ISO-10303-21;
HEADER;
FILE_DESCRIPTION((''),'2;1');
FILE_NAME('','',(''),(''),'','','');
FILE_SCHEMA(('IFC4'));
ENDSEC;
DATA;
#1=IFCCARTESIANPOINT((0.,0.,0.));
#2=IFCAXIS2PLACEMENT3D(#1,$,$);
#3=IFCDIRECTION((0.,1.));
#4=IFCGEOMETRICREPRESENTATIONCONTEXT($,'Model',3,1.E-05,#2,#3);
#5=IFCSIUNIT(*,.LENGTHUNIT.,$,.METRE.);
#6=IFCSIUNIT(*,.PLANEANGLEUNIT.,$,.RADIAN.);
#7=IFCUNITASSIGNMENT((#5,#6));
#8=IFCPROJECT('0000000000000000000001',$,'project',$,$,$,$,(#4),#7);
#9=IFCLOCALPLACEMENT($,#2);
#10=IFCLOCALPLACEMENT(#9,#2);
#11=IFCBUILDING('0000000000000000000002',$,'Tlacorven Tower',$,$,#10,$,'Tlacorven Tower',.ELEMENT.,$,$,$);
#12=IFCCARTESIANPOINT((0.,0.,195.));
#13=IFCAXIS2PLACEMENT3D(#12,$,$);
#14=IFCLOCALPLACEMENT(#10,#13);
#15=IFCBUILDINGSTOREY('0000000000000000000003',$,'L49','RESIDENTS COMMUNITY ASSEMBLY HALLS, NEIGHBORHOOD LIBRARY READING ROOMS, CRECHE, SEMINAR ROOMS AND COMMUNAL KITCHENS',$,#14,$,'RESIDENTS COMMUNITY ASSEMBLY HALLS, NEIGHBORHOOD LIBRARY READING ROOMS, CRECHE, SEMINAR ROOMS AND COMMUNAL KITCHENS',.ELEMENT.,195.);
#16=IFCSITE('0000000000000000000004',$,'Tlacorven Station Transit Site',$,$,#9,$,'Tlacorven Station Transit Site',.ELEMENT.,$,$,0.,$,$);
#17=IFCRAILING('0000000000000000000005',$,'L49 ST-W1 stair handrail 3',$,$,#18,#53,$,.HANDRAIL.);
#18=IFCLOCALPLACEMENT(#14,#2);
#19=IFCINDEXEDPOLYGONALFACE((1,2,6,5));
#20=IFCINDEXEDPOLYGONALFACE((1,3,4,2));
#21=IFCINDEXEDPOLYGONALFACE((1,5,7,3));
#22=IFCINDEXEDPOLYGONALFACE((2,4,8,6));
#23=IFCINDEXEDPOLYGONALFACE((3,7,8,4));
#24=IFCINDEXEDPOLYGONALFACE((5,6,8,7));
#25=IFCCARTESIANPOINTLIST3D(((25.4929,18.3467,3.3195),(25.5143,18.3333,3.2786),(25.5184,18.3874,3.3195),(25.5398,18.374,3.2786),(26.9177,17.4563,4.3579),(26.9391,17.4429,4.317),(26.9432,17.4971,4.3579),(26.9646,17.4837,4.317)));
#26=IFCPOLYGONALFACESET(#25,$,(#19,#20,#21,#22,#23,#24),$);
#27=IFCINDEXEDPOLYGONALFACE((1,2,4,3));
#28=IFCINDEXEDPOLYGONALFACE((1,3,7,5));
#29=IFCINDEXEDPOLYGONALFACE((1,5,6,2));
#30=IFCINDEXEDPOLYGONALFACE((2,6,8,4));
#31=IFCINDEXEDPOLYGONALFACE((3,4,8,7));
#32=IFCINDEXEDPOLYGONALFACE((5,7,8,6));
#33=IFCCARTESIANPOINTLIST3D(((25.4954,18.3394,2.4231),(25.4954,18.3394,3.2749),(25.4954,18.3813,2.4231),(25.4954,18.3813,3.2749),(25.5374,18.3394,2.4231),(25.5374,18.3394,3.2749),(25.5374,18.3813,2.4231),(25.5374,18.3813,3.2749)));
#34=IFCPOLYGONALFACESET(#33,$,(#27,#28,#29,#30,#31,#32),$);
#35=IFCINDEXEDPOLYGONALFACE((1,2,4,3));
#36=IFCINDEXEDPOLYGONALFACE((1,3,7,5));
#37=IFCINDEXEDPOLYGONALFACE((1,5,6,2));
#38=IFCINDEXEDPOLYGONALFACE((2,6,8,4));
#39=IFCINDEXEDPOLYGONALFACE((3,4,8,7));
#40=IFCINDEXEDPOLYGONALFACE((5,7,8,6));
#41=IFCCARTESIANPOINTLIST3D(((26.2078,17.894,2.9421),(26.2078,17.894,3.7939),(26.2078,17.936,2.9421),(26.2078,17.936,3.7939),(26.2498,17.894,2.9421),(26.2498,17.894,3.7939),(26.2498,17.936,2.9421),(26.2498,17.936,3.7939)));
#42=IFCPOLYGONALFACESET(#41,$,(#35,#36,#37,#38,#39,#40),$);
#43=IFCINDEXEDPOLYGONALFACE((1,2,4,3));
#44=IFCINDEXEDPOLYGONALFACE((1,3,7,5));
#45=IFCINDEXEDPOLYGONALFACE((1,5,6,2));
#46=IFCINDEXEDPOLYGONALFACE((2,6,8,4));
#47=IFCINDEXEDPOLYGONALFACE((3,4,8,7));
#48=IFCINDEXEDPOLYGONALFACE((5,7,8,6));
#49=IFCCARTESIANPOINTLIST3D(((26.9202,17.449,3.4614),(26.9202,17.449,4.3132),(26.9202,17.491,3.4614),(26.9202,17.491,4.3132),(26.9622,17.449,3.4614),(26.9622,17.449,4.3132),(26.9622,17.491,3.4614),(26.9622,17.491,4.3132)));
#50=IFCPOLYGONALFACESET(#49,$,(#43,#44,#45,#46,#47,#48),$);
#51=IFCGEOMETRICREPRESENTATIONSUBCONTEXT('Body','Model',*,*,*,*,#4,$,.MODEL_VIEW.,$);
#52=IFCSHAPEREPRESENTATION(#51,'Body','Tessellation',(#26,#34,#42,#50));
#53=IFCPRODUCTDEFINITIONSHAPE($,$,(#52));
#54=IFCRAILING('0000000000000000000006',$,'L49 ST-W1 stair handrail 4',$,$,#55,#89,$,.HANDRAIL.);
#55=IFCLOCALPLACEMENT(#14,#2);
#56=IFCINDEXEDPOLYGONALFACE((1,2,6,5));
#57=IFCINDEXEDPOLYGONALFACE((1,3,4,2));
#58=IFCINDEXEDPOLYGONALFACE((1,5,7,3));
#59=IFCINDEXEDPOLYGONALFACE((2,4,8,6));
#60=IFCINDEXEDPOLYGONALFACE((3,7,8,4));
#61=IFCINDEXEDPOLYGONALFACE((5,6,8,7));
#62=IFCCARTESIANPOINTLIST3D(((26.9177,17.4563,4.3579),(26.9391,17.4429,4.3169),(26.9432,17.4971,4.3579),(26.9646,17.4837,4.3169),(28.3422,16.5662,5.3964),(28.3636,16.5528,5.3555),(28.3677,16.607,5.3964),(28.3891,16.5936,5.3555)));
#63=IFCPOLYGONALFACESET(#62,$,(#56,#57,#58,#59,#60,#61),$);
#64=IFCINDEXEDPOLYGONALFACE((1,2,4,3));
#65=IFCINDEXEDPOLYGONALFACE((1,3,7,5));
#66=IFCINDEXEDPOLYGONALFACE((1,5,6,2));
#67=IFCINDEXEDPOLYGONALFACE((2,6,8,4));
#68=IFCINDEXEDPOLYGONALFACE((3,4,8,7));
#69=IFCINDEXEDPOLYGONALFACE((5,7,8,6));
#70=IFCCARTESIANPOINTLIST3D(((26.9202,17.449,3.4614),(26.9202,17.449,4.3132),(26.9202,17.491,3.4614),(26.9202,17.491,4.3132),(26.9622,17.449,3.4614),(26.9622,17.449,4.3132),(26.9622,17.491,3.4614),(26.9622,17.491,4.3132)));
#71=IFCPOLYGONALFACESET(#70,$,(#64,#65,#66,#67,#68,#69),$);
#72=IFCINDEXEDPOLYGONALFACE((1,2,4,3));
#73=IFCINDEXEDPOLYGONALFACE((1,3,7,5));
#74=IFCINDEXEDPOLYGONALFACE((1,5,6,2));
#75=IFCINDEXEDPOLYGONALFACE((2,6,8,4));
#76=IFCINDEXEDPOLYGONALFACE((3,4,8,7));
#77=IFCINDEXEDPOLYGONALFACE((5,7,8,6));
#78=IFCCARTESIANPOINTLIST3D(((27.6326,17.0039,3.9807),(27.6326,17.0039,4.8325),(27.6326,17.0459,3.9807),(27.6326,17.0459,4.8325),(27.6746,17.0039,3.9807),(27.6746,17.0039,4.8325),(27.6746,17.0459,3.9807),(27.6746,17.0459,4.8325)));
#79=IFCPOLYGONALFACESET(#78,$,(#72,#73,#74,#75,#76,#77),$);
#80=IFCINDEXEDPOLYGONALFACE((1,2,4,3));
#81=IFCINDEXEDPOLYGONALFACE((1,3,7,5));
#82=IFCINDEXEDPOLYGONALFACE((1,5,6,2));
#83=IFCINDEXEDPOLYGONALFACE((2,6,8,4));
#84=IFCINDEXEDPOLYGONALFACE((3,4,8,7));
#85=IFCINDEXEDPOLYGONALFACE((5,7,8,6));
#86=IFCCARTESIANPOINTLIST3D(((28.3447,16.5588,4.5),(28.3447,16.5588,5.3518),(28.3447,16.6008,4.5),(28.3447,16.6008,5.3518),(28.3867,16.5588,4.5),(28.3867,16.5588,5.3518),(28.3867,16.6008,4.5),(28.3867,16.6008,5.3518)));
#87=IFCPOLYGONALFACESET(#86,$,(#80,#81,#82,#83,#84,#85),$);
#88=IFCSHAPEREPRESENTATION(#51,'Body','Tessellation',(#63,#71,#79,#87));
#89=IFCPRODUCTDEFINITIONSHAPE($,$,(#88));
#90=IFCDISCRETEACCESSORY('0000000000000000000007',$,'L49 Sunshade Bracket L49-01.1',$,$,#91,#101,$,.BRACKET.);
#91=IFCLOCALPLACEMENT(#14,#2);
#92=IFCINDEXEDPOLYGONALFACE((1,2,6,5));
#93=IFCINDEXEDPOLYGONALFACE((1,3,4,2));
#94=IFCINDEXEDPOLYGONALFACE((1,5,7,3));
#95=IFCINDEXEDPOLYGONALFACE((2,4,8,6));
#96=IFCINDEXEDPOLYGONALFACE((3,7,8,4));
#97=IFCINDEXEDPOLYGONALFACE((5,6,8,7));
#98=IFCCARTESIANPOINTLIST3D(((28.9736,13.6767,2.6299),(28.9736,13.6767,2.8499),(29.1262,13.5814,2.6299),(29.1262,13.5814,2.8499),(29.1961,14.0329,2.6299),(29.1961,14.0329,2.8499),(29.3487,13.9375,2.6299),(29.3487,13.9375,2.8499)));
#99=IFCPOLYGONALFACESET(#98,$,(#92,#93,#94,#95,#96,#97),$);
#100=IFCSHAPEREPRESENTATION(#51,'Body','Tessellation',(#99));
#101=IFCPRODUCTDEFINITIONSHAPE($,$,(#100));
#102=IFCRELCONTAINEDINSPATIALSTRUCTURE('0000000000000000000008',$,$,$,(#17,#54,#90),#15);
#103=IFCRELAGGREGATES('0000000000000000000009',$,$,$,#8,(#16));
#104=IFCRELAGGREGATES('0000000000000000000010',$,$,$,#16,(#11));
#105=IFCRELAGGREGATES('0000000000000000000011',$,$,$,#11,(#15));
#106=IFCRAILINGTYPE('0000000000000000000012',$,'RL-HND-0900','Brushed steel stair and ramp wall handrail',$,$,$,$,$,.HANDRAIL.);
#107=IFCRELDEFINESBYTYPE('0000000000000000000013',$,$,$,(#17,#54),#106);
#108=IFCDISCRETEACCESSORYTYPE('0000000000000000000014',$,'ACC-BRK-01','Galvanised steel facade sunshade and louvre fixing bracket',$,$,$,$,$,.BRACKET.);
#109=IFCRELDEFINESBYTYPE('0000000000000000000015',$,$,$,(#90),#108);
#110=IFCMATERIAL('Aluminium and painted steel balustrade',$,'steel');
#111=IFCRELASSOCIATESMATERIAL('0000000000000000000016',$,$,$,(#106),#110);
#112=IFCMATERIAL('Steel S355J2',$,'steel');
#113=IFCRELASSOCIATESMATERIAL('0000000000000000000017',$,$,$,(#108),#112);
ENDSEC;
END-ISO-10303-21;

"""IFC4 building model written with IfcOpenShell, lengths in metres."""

from ifc_helpers import new_model, si_unit, direction, frame, origin, origin_2d, place, context, subcontext, project, spatial, rectangle, extrude, source, transform, mapped, material, type_object, element, save


model = new_model("IFC4")

# Units and contexts
model_context = context("Model", 3, precision=1e-05, world=origin(), true_north=direction((0.0, 1.0)))
body_context = subcontext(model_context, "Body", "Model", "MODEL_VIEW")
ifc_project = project(units=[si_unit("LENGTHUNIT", "METRE"), si_unit("PLANEANGLEUNIT", "RADIAN")], contexts=[model_context])

# Site, building, storey
site_placement = place(None, origin())
site = spatial("IfcSite", under=ifc_project, at=site_placement, Name="Tlacorven Station Transit Site", LongName="Tlacorven Station Transit Site", CompositionType="ELEMENT", RefElevation=0.0)
building_placement = place(site_placement, origin())
building = spatial("IfcBuilding", under=site, at=building_placement, Name="Tlacorven Tower", LongName="Tlacorven Tower", CompositionType="ELEMENT")
storey_placement = place(building_placement, frame((0.0, 0.0, 195.0)))
storey = spatial("IfcBuildingStorey", under=building, at=storey_placement, Name="L49", Description="RESIDENTS COMMUNITY ASSEMBLY HALLS, NEIGHBORHOOD LIBRARY READING ROOMS, CRECHE, SEMINAR ROOMS AND COMMUNAL KITCHENS", LongName="RESIDENTS COMMUNITY ASSEMBLY HALLS, NEIGHBORHOOD LIBRARY READING ROOMS, CRECHE, SEMINAR ROOMS AND COMMUNAL KITCHENS", CompositionType="ELEMENT", Elevation=195.0)

# Shared definitions
ifc_material_1 = material(Name="Steel S355J2", Category="steel")

# Shared definitions
ifc_material_2 = material(Name="Aluminium and painted steel balustrade", Category="steel")

# Railings
railing_type_1 = type_object("IfcRailingType", Name="RL-HND-0900", Description="Brushed steel stair and ramp wall handrail", PredefinedType="HANDRAIL", material=ifc_material_2)
shared_shape_1 = source(origin(), body_context, "Body", "SweptSolid", [
    extrude(rectangle(XDim=0.0481, YDim=0.0481, at=origin_2d()), frame((0.0, 0.0, 0.876), z_axis=(0.721388, -0.450805, 0.525713), x_axis=(0.529947, 0.848031, 0.0)), (0.0, 0.0, 1.0), 1.9751),
    extrude(rectangle(XDim=0.042, YDim=0.042, at=origin_2d()), origin(), (0.0, 0.0, 1.0), 0.8518),
    extrude(rectangle(XDim=0.042, YDim=0.042, at=origin_2d()), frame((0.7124, -0.4453, 0.519)), (0.0, 0.0, 1.0), 0.8518),
    extrude(rectangle(XDim=0.042, YDim=0.042, at=origin_2d()), frame((1.4248, -0.8904, 1.0383)), (0.0, 0.0, 1.0), 0.8518),
])
railing_1_placement = place(storey_placement, frame((25.5164, 18.3604, 2.4231)))
element("IfcRailing", 1, at=railing_1_placement, inside=storey, type_object=railing_type_1, Name="L49 ST-W1 stair handrail 3", PredefinedType="HANDRAIL", context=body_context, shape_type="MappedRepresentation", body=[
    mapped(shared_shape_1, transform((0.0, 0.0, 0.0), scale=1.0)),
])
shared_shape_2 = source(origin(), body_context, "Body", "SweptSolid", [
    extrude(rectangle(XDim=0.0481, YDim=0.0481, at=origin_2d()), frame((0.0, 0.0, 0.876), z_axis=(0.721322, -0.450718, 0.525879), x_axis=(0.529907, 0.848055, 0.0)), (0.0, 0.0, 1.0), 1.9749),
    extrude(rectangle(XDim=0.042, YDim=0.042, at=origin_2d()), origin(), (0.0, 0.0, 1.0), 0.8518),
    extrude(rectangle(XDim=0.042, YDim=0.042, at=origin_2d()), frame((0.7124, -0.4451, 0.5193)), (0.0, 0.0, 1.0), 0.8518),
    extrude(rectangle(XDim=0.042, YDim=0.042, at=origin_2d()), frame((1.4246, -0.8901, 1.0386)), (0.0, 0.0, 1.0), 0.8518),
])
railing_2_placement = place(storey_placement, frame((26.9412, 17.47, 3.4614)))
element("IfcRailing", 2, at=railing_2_placement, inside=storey, type_object=railing_type_1, Name="L49 ST-W1 stair handrail 4", PredefinedType="HANDRAIL", context=body_context, shape_type="MappedRepresentation", body=[
    mapped(shared_shape_2, transform((0.0, 0.0, 0.0), scale=1.0)),
])

# Discrete accessory
discrete_accessory_type = type_object("IfcDiscreteAccessoryType", Name="ACC-BRK-01", Description="Galvanised steel facade sunshade and louvre fixing bracket", PredefinedType="BRACKET", material=ifc_material_1)
shared_shape_3 = source(origin(), body_context, "Body", "SweptSolid", [
    extrude(rectangle(XDim=0.1799, YDim=0.4199, at=origin_2d()), origin(), (0.0, 0.0, 1.0), 0.22),
])
discrete_accessory_placement = place(storey_placement, frame((29.1611, 13.8071, 2.6299), z_axis=(0.0, 0.0, 1.0), x_axis=(-0.848048, 0.529919, 0.0)))
element("IfcDiscreteAccessory", 3, at=discrete_accessory_placement, inside=storey, type_object=discrete_accessory_type, Name="L49 Sunshade Bracket L49-01.1", PredefinedType="BRACKET", context=body_context, shape_type="MappedRepresentation", body=[
    mapped(shared_shape_3, transform((0.0, 0.0, 0.0), scale=1.0)),
])

save(model, "model.ifc")
